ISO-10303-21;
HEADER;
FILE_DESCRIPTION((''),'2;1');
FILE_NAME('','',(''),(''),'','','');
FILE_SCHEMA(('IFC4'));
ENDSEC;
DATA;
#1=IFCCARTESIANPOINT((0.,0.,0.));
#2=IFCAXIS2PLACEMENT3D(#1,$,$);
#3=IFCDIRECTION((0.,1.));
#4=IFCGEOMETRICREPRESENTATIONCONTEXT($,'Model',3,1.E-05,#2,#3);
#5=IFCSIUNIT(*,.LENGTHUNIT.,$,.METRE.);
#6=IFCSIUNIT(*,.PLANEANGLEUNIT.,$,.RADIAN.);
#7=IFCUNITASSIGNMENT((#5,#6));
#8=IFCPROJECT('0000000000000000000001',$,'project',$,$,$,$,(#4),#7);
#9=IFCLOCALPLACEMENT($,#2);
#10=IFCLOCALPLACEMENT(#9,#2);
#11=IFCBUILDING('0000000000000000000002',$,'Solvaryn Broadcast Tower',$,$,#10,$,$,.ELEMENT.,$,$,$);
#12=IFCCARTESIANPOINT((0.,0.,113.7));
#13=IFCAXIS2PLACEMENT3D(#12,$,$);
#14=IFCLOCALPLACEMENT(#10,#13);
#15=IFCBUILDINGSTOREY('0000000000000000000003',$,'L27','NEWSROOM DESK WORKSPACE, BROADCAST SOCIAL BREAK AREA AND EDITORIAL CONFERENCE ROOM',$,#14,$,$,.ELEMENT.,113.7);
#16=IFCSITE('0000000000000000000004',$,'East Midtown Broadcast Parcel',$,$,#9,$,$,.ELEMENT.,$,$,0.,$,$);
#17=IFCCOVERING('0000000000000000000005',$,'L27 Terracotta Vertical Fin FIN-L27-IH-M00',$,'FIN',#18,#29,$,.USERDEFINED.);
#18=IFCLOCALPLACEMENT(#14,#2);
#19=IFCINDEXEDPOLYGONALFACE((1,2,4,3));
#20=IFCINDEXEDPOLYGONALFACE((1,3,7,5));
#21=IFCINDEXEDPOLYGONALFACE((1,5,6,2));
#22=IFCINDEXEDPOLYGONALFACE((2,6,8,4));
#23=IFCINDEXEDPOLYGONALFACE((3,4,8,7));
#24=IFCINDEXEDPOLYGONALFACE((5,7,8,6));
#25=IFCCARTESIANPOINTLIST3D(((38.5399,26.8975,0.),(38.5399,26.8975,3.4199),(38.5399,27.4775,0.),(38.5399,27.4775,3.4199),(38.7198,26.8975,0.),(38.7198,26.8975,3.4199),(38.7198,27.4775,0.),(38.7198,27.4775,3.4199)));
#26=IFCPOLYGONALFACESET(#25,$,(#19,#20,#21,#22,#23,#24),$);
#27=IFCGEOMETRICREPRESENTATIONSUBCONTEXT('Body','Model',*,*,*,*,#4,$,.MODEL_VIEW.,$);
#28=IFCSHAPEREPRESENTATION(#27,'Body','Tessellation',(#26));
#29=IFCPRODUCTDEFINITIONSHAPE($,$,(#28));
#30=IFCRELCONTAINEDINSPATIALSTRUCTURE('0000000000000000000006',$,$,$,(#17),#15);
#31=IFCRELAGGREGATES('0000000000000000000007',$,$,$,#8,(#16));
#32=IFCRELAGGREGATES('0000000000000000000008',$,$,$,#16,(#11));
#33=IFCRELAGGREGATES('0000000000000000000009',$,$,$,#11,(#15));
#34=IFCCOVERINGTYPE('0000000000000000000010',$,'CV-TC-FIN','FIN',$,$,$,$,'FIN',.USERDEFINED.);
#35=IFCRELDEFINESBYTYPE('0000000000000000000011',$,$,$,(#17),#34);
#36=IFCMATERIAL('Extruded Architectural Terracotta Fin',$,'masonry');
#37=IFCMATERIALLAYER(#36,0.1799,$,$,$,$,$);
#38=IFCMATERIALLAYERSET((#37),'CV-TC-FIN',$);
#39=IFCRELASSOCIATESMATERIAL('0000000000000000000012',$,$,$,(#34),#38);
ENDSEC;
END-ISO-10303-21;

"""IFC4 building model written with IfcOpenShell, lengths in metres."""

from ifc_helpers import new_model, si_unit, direction, frame, origin, origin_2d, place, context, subcontext, project, spatial, rectangle, extrude, material, layer, layer_set, type_object, element, save


model = new_model("IFC4")

# Units and contexts
model_context = context("Model", 3, precision=1e-05, world=origin(), true_north=direction((0.0, 1.0)))
body_context = subcontext(model_context, "Body", "Model", "MODEL_VIEW")
ifc_project = project(units=[si_unit("LENGTHUNIT", "METRE"), si_unit("PLANEANGLEUNIT", "RADIAN")], contexts=[model_context])

# Site, building, storey
site_placement = place(None, origin())
site = spatial("IfcSite", under=ifc_project, at=site_placement, Name="East Midtown Broadcast Parcel", CompositionType="ELEMENT", RefElevation=0.0)
building_placement = place(site_placement, origin())
building = spatial("IfcBuilding", under=site, at=building_placement, Name="Solvaryn Broadcast Tower", CompositionType="ELEMENT")
storey_placement = place(building_placement, frame((0.0, 0.0, 113.7)))
storey = spatial("IfcBuildingStorey", under=building, at=storey_placement, Name="L27", Description="NEWSROOM DESK WORKSPACE, BROADCAST SOCIAL BREAK AREA AND EDITORIAL CONFERENCE ROOM", CompositionType="ELEMENT", Elevation=113.7)

# Covering
ifc_material_1 = material(Name="Extruded Architectural Terracotta Fin", Category="masonry")
ifc_layer_1 = layer(ifc_material_1, 0.1799)
ifc_layer_set_1 = layer_set([ifc_layer_1], Name="CV-TC-FIN")
covering_type_1 = type_object("IfcCoveringType", Name="CV-TC-FIN", Description="FIN", ElementType="FIN", PredefinedType="USERDEFINED", material=ifc_layer_set_1)
for number, where, z_axis, x_axis, name in (
    (1, (38.6299, 27.1875, 0.0), (0.0, 0.0, 1.0), (1.0, 0.0, 0.0), "L27 Terracotta Vertical Fin FIN-L27-IH-M00"),
):
    element("IfcCovering", number, at=place(storey_placement, frame(where, z_axis=z_axis, x_axis=x_axis)), inside=storey, type_object=covering_type_1, Name=name, ObjectType="FIN", PredefinedType="USERDEFINED", context=body_context, shape_type="SweptSolid", body=[
        extrude(rectangle(XDim=0.1799, YDim=0.5801, at=origin_2d()), origin(), (0.0, 0.0, 1.0), 3.4199),
    ])

save(model, "model.ifc")
